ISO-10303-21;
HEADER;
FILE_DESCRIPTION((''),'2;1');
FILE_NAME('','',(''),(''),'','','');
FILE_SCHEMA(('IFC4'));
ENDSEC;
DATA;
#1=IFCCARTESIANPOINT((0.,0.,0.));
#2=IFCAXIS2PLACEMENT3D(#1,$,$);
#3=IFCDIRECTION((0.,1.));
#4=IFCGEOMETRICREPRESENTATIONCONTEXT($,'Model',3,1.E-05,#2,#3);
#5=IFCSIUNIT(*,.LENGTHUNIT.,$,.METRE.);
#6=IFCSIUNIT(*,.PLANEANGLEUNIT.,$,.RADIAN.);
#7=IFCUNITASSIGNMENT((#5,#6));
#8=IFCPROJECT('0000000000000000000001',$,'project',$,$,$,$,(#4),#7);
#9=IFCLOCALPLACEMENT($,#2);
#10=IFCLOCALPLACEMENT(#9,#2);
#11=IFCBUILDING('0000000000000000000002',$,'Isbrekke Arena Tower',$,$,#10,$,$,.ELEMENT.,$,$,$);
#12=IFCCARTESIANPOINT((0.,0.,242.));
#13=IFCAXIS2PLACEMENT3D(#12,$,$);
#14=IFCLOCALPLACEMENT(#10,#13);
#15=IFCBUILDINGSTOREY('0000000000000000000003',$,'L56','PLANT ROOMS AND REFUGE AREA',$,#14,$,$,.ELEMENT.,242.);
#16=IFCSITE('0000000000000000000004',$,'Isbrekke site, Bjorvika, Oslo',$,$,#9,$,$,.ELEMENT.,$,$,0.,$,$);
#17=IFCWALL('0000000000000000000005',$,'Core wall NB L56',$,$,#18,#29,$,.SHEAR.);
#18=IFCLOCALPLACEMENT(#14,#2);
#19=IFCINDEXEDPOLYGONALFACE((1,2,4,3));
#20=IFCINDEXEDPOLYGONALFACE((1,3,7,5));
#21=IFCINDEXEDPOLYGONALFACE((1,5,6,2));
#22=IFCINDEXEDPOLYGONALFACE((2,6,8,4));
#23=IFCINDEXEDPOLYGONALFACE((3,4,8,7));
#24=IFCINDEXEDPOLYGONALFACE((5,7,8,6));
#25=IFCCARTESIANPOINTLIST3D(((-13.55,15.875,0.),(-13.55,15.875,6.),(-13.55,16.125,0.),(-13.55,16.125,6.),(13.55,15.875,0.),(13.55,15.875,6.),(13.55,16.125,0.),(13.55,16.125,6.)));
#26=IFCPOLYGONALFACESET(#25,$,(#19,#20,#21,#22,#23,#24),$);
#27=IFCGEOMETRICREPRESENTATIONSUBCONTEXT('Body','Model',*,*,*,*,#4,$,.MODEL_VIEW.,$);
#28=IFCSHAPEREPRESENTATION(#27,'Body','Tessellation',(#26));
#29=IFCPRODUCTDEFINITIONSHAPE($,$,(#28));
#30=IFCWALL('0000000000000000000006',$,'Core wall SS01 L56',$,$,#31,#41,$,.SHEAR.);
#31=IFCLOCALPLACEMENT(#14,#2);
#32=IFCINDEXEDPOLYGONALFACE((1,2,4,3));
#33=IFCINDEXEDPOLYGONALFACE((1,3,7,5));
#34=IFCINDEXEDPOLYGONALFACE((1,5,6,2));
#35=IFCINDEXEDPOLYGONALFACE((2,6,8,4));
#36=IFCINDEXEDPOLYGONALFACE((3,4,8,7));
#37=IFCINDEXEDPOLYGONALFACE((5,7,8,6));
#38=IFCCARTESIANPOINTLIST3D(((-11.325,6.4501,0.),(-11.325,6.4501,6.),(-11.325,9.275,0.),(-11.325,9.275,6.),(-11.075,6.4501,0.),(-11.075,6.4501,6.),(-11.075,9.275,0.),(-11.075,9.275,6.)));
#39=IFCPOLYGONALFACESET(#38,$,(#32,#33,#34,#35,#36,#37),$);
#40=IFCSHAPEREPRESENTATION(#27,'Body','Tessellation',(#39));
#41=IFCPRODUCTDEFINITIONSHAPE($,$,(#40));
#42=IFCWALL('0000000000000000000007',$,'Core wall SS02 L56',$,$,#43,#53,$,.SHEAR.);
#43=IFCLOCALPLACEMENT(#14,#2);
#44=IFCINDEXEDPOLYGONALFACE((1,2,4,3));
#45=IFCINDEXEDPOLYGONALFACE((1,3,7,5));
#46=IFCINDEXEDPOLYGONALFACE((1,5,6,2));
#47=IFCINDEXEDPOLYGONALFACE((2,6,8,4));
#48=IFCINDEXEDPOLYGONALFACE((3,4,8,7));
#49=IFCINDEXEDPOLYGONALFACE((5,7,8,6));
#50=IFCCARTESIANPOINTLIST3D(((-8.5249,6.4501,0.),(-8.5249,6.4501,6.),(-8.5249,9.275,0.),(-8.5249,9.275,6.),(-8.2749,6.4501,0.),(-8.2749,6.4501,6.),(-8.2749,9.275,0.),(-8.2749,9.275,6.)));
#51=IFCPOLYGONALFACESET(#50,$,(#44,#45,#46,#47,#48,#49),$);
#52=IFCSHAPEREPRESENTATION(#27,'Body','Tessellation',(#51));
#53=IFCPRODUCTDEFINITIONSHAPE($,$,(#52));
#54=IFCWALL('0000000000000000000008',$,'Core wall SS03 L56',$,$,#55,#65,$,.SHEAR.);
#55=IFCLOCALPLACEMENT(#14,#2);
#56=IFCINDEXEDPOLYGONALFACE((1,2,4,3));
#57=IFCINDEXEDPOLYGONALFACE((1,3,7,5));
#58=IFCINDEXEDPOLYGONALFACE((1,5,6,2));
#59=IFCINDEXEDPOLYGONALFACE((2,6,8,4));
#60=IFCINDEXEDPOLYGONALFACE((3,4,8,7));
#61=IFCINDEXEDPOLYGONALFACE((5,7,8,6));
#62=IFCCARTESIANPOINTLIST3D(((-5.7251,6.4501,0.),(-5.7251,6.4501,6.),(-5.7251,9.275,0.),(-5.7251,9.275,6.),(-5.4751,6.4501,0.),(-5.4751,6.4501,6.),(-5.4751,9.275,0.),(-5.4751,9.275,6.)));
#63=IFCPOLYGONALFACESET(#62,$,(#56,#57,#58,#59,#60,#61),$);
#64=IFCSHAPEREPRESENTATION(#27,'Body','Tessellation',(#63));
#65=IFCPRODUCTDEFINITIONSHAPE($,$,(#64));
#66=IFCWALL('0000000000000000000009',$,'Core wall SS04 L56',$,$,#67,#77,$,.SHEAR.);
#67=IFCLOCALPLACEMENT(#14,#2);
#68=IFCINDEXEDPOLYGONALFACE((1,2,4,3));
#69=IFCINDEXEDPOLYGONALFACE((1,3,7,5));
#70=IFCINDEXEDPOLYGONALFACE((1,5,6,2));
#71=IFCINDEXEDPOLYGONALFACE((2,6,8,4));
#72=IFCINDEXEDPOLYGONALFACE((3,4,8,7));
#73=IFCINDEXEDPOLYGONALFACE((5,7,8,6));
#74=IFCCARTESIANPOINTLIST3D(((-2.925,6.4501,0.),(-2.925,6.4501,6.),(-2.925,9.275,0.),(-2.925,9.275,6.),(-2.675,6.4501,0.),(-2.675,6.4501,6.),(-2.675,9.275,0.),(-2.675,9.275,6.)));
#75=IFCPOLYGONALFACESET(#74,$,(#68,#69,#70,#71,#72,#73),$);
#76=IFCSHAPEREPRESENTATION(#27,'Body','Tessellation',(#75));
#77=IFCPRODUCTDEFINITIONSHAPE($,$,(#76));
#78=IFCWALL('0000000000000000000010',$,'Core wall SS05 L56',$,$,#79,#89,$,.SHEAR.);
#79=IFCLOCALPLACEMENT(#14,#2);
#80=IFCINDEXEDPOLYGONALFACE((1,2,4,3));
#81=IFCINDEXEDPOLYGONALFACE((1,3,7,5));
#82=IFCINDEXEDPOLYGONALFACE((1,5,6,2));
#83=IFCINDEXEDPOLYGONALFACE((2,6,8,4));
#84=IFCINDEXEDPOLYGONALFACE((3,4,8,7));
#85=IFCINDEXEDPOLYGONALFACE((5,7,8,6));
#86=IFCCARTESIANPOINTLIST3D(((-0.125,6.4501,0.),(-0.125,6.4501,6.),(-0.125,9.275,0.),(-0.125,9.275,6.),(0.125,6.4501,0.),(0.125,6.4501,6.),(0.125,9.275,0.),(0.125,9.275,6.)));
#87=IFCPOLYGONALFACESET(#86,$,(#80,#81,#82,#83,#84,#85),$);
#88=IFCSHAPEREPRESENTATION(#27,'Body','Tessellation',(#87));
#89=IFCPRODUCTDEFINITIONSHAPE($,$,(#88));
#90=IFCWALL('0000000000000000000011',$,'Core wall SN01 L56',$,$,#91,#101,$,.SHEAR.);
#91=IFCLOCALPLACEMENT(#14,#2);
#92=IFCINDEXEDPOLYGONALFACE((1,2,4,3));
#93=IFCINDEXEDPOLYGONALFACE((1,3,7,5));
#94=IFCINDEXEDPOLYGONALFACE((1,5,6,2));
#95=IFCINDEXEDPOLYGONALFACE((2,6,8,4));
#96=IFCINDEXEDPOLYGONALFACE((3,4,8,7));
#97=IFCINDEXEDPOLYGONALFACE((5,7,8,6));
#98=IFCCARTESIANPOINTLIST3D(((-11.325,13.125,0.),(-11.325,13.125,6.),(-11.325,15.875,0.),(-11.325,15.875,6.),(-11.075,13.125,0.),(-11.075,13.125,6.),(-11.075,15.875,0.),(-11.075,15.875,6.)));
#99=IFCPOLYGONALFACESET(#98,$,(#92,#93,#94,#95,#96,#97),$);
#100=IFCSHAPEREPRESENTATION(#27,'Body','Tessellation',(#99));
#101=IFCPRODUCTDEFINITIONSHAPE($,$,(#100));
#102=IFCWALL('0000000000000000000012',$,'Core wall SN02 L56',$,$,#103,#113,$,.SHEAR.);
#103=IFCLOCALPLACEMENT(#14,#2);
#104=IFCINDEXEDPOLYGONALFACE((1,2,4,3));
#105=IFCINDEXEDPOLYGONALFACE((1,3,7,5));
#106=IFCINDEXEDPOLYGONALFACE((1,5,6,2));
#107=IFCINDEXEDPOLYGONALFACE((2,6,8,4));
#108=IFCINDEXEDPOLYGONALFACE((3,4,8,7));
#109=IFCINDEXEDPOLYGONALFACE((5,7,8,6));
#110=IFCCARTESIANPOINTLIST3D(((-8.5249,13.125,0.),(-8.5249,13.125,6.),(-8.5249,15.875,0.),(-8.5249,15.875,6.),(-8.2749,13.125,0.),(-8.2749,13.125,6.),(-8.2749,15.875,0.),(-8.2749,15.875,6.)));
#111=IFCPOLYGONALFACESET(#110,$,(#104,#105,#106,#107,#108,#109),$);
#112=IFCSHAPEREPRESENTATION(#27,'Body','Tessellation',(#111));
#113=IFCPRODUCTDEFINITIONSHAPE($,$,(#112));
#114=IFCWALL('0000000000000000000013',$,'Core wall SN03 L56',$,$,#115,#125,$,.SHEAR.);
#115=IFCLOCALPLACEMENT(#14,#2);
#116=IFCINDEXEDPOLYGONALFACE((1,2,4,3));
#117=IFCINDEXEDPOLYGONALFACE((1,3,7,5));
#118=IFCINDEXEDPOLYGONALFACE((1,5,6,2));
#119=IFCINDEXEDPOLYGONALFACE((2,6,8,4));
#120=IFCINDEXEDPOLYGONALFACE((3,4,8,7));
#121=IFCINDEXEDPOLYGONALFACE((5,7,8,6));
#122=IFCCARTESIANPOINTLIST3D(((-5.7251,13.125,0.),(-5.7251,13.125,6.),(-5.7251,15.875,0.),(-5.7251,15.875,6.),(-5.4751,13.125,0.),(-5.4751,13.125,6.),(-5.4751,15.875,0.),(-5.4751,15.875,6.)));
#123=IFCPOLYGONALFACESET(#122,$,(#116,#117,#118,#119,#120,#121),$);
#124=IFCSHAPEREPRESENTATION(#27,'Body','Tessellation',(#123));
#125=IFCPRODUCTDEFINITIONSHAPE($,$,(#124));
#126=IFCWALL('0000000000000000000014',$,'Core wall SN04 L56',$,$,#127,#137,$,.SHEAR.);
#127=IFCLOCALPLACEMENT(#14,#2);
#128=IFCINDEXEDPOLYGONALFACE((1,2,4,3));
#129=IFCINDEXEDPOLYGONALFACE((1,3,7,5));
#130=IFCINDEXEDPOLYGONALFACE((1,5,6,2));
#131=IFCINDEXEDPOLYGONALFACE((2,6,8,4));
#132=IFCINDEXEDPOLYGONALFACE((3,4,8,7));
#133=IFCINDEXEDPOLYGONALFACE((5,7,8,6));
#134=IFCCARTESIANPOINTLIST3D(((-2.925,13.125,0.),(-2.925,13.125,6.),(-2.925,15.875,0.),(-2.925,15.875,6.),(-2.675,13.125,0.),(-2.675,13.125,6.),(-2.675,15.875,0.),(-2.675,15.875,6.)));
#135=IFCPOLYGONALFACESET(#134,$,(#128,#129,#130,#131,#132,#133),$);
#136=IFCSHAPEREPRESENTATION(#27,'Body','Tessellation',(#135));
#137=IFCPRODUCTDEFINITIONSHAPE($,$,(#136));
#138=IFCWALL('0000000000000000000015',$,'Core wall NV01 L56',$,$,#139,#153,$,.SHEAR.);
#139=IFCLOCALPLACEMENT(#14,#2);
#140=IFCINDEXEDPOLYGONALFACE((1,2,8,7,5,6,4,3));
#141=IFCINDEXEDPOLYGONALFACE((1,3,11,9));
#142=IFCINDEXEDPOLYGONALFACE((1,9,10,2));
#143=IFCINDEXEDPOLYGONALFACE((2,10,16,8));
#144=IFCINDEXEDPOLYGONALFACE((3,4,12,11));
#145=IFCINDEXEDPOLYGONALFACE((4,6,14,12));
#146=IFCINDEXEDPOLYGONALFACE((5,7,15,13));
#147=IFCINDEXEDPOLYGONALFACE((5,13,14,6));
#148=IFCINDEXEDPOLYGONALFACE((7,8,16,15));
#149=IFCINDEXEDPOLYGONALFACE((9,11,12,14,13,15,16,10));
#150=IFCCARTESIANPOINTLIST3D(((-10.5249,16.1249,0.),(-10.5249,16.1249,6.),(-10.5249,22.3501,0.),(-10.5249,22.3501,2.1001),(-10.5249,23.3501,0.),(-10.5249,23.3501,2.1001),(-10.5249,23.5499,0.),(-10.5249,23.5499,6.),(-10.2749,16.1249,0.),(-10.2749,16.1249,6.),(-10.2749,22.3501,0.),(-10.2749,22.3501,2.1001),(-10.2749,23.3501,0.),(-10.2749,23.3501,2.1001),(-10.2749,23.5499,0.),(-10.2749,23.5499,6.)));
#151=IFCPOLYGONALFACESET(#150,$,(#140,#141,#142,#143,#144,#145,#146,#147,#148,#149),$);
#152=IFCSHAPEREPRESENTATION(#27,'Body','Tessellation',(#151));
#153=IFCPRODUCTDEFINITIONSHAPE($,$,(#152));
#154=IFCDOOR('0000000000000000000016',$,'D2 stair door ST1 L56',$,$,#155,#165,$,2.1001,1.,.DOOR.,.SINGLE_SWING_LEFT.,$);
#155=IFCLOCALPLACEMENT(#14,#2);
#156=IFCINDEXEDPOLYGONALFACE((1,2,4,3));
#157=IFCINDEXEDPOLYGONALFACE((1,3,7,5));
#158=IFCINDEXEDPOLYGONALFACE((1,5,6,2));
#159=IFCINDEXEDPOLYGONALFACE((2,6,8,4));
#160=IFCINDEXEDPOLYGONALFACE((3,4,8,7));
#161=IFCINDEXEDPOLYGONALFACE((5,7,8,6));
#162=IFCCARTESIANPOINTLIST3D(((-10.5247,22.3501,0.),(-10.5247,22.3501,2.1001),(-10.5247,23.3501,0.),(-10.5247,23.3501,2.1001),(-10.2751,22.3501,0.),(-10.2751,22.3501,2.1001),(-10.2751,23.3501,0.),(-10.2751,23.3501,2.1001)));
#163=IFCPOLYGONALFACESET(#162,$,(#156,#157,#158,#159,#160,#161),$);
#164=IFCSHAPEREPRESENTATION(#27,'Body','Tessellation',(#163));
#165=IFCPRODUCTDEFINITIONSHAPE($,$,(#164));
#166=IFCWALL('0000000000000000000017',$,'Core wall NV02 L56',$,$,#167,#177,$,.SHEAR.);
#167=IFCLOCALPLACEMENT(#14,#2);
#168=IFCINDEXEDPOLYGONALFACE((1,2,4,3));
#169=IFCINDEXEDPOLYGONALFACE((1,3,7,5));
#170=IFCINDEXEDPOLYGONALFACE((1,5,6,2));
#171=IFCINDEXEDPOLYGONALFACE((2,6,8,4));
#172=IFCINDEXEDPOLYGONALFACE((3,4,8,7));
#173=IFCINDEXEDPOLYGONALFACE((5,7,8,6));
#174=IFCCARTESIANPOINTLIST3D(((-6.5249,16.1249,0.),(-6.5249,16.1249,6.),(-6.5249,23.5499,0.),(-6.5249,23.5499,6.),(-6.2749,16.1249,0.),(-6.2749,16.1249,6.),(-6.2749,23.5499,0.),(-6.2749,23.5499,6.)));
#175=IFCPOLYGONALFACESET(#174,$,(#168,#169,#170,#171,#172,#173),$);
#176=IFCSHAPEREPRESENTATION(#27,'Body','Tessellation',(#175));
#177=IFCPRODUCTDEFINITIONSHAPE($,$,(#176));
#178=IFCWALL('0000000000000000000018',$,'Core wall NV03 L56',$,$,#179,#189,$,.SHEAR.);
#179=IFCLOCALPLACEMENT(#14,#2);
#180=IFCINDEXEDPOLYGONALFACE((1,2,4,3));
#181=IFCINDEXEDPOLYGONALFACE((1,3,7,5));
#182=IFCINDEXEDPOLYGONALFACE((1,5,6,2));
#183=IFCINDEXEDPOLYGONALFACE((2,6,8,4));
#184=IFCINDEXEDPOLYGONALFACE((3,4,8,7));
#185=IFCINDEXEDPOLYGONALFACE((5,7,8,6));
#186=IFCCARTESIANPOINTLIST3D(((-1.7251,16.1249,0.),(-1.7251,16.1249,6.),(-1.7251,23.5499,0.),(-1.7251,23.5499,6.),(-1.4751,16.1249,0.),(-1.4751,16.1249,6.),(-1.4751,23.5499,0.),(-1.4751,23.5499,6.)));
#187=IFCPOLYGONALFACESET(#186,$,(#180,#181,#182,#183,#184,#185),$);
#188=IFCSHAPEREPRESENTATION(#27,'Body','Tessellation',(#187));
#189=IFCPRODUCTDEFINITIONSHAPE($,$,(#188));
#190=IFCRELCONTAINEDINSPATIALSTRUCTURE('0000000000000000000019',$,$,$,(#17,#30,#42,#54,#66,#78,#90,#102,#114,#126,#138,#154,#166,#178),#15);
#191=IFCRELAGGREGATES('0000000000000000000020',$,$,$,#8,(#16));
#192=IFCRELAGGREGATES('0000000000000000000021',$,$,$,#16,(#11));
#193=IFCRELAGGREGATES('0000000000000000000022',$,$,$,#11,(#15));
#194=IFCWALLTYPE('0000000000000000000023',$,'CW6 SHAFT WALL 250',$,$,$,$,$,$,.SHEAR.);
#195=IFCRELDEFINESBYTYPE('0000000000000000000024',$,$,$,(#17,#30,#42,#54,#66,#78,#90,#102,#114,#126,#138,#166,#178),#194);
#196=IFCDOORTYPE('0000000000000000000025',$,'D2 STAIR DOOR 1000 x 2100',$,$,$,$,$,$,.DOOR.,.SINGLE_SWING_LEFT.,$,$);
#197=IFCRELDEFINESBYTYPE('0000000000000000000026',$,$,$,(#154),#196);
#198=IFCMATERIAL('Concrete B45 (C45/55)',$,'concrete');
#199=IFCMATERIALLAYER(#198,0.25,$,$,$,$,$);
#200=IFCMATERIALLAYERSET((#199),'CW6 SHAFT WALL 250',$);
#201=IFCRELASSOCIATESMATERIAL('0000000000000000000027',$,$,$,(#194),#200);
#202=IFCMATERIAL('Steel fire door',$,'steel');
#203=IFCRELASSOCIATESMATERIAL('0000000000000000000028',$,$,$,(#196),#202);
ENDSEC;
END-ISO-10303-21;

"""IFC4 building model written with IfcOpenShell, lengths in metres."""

from ifc_helpers import new_model, si_unit, direction, frame, frame_2d, origin, place, context, subcontext, project, spatial, rectangle, extrude, material, layer, layer_set, type_object, element, fill, save


model = new_model("IFC4")

# Units and contexts
model_context = context("Model", 3, precision=1e-05, world=origin(), true_north=direction((0.0, 1.0)))
body_context = subcontext(model_context, "Body", "Model", "MODEL_VIEW")
ifc_project = project(units=[si_unit("LENGTHUNIT", "METRE"), si_unit("PLANEANGLEUNIT", "RADIAN")], contexts=[model_context])

# Site, building, storey
site_placement = place(None, origin())
site = spatial("IfcSite", under=ifc_project, at=site_placement, Name="Isbrekke site, Bjorvika, Oslo", CompositionType="ELEMENT", RefElevation=0.0)
building_placement = place(site_placement, origin())
building = spatial("IfcBuilding", under=site, at=building_placement, Name="Isbrekke Arena Tower", CompositionType="ELEMENT")
storey_placement = place(building_placement, frame((0.0, 0.0, 242.0)))
storey = spatial("IfcBuildingStorey", under=building, at=storey_placement, Name="L56", Description="PLANT ROOMS AND REFUGE AREA", CompositionType="ELEMENT", Elevation=242.0)

# Walls
ifc_material_1 = material(Name="Concrete B45 (C45/55)", Category="concrete")
ifc_layer_1 = layer(ifc_material_1, 0.25)
ifc_layer_set_1 = layer_set([ifc_layer_1], Name="CW6 SHAFT WALL 250")
wall_type_1 = type_object("IfcWallType", Name="CW6 SHAFT WALL 250", PredefinedType="SHEAR", material=ifc_layer_set_1)
for number, where, z_axis, x_axis, name in (
    (1, (-13.55, 16.0, 0.0), (0.0, 0.0, 1.0), (1.0, 0.0, 0.0), "Core wall NB L56"),
):
    element("IfcWall", number, at=place(storey_placement, frame(where, z_axis=z_axis, x_axis=x_axis)), inside=storey, type_object=wall_type_1, Name=name, PredefinedType="SHEAR", context=body_context, shape_type="SweptSolid", body=[
        extrude(rectangle(XDim=27.1001, YDim=0.25, at=frame_2d((13.55, 0.0))), origin(), (0.0, 0.0, 1.0), 6.0),
    ])
for number, where, z_axis, x_axis, name in (
    (2, (-11.2, 6.45, 0.0), (0.0, 0.0, 1.0), (0.0, 1.0, 0.0), "Core wall SS01 L56"),
    (3, (-8.3999, 6.45, 0.0), (0.0, 0.0, 1.0), (0.0, 1.0, 0.0), "Core wall SS02 L56"),
    (4, (-5.6001, 6.45, 0.0), (0.0, 0.0, 1.0), (0.0, 1.0, 0.0), "Core wall SS03 L56"),
    (5, (-2.8, 6.45, 0.0), (0.0, 0.0, 1.0), (0.0, 1.0, 0.0), "Core wall SS04 L56"),
    (6, (0.0, 6.45, 0.0), (0.0, 0.0, 1.0), (0.0, 1.0, 0.0), "Core wall SS05 L56"),
):
    element("IfcWall", number, at=place(storey_placement, frame(where, z_axis=z_axis, x_axis=x_axis)), inside=storey, type_object=wall_type_1, Name=name, PredefinedType="SHEAR", context=body_context, shape_type="SweptSolid", body=[
        extrude(rectangle(XDim=2.825, YDim=0.25, at=frame_2d((1.4126, 0.0))), origin(), (0.0, 0.0, 1.0), 6.0),
    ])
for number, where, z_axis, x_axis, name in (
    (7, (-11.2, 13.125, 0.0), (0.0, 0.0, 1.0), (0.0, 1.0, 0.0), "Core wall SN01 L56"),
    (8, (-8.3999, 13.125, 0.0), (0.0, 0.0, 1.0), (0.0, 1.0, 0.0), "Core wall SN02 L56"),
    (9, (-5.6001, 13.125, 0.0), (0.0, 0.0, 1.0), (0.0, 1.0, 0.0), "Core wall SN03 L56"),
    (10, (-2.8, 13.125, 0.0), (0.0, 0.0, 1.0), (0.0, 1.0, 0.0), "Core wall SN04 L56"),
):
    element("IfcWall", number, at=place(storey_placement, frame(where, z_axis=z_axis, x_axis=x_axis)), inside=storey, type_object=wall_type_1, Name=name, PredefinedType="SHEAR", context=body_context, shape_type="SweptSolid", body=[
        extrude(rectangle(XDim=2.75, YDim=0.25, at=frame_2d((1.375, 0.0))), origin(), (0.0, 0.0, 1.0), 6.0),
    ])

# Wall, opening, door
wall_1_placement = place(storey_placement, frame((-10.3999, 16.125, 0.0), z_axis=(0.0, 0.0, 1.0), x_axis=(0.0, 1.0, 0.0)))
wall_1 = element("IfcWall", 11, at=wall_1_placement, inside=storey, type_object=wall_type_1, Name="Core wall NV01 L56", PredefinedType="SHEAR", context=body_context, shape_type="SweptSolid", body=[
    extrude(rectangle(XDim=7.425, YDim=0.25, at=frame_2d((3.7124, 0.0))), origin(), (0.0, 0.0, 1.0), 6.0),
])
opening_1_placement = place(wall_1_placement, frame((6.2251, 0.0, 0.0)))
opening_1 = element("IfcOpeningElement", 12, at=opening_1_placement, cuts=wall_1, PredefinedType="OPENING", context=body_context, shape_type="SweptSolid", body=[
    extrude(rectangle(XDim=1.0, YDim=2.1001, at=frame_2d((0.5, 1.05))), frame((0.0, 0.1399, 0.0), z_axis=(0.0, -1.0, 0.0), x_axis=(1.0, 0.0, 0.0)), (0.0, 0.0, 1.0), 0.2798),
])
ifc_material_2 = material(Name="Steel fire door", Category="steel")
door_type_1 = type_object("IfcDoorType", Name="D2 STAIR DOOR 1000 x 2100", OperationType="SINGLE_SWING_LEFT", PredefinedType="DOOR", material=ifc_material_2)
door_1_placement = place(opening_1_placement, origin())
door_1 = element("IfcDoor", 13, at=door_1_placement, inside=storey, type_object=door_type_1, Name="D2 stair door ST1 L56", OperationType="SINGLE_SWING_LEFT", OverallHeight=2.1001, OverallWidth=1.0, PredefinedType="DOOR", context=body_context, shape_type="SweptSolid", body=[
    extrude(rectangle(XDim=1.0, YDim=2.1001, at=frame_2d((0.5, 1.05))), frame((0.0, 0.1248, 0.0), z_axis=(0.0, -1.0, 0.0), x_axis=(1.0, 0.0, 0.0)), (0.0, 0.0, 1.0), 0.2495),
])
fill(opening_1, door_1)

# Walls
for number, where, z_axis, x_axis, name in (
    (14, (-6.3999, 16.125, 0.0), (0.0, 0.0, 1.0), (0.0, 1.0, 0.0), "Core wall NV02 L56"),
    (15, (-1.6001, 16.125, 0.0), (0.0, 0.0, 1.0), (0.0, 1.0, 0.0), "Core wall NV03 L56"),
):
    element("IfcWall", number, at=place(storey_placement, frame(where, z_axis=z_axis, x_axis=x_axis)), inside=storey, type_object=wall_type_1, Name=name, PredefinedType="SHEAR", context=body_context, shape_type="SweptSolid", body=[
        extrude(rectangle(XDim=7.425, YDim=0.25, at=frame_2d((3.7124, 0.0))), origin(), (0.0, 0.0, 1.0), 6.0),
    ])

save(model, "model.ifc")
